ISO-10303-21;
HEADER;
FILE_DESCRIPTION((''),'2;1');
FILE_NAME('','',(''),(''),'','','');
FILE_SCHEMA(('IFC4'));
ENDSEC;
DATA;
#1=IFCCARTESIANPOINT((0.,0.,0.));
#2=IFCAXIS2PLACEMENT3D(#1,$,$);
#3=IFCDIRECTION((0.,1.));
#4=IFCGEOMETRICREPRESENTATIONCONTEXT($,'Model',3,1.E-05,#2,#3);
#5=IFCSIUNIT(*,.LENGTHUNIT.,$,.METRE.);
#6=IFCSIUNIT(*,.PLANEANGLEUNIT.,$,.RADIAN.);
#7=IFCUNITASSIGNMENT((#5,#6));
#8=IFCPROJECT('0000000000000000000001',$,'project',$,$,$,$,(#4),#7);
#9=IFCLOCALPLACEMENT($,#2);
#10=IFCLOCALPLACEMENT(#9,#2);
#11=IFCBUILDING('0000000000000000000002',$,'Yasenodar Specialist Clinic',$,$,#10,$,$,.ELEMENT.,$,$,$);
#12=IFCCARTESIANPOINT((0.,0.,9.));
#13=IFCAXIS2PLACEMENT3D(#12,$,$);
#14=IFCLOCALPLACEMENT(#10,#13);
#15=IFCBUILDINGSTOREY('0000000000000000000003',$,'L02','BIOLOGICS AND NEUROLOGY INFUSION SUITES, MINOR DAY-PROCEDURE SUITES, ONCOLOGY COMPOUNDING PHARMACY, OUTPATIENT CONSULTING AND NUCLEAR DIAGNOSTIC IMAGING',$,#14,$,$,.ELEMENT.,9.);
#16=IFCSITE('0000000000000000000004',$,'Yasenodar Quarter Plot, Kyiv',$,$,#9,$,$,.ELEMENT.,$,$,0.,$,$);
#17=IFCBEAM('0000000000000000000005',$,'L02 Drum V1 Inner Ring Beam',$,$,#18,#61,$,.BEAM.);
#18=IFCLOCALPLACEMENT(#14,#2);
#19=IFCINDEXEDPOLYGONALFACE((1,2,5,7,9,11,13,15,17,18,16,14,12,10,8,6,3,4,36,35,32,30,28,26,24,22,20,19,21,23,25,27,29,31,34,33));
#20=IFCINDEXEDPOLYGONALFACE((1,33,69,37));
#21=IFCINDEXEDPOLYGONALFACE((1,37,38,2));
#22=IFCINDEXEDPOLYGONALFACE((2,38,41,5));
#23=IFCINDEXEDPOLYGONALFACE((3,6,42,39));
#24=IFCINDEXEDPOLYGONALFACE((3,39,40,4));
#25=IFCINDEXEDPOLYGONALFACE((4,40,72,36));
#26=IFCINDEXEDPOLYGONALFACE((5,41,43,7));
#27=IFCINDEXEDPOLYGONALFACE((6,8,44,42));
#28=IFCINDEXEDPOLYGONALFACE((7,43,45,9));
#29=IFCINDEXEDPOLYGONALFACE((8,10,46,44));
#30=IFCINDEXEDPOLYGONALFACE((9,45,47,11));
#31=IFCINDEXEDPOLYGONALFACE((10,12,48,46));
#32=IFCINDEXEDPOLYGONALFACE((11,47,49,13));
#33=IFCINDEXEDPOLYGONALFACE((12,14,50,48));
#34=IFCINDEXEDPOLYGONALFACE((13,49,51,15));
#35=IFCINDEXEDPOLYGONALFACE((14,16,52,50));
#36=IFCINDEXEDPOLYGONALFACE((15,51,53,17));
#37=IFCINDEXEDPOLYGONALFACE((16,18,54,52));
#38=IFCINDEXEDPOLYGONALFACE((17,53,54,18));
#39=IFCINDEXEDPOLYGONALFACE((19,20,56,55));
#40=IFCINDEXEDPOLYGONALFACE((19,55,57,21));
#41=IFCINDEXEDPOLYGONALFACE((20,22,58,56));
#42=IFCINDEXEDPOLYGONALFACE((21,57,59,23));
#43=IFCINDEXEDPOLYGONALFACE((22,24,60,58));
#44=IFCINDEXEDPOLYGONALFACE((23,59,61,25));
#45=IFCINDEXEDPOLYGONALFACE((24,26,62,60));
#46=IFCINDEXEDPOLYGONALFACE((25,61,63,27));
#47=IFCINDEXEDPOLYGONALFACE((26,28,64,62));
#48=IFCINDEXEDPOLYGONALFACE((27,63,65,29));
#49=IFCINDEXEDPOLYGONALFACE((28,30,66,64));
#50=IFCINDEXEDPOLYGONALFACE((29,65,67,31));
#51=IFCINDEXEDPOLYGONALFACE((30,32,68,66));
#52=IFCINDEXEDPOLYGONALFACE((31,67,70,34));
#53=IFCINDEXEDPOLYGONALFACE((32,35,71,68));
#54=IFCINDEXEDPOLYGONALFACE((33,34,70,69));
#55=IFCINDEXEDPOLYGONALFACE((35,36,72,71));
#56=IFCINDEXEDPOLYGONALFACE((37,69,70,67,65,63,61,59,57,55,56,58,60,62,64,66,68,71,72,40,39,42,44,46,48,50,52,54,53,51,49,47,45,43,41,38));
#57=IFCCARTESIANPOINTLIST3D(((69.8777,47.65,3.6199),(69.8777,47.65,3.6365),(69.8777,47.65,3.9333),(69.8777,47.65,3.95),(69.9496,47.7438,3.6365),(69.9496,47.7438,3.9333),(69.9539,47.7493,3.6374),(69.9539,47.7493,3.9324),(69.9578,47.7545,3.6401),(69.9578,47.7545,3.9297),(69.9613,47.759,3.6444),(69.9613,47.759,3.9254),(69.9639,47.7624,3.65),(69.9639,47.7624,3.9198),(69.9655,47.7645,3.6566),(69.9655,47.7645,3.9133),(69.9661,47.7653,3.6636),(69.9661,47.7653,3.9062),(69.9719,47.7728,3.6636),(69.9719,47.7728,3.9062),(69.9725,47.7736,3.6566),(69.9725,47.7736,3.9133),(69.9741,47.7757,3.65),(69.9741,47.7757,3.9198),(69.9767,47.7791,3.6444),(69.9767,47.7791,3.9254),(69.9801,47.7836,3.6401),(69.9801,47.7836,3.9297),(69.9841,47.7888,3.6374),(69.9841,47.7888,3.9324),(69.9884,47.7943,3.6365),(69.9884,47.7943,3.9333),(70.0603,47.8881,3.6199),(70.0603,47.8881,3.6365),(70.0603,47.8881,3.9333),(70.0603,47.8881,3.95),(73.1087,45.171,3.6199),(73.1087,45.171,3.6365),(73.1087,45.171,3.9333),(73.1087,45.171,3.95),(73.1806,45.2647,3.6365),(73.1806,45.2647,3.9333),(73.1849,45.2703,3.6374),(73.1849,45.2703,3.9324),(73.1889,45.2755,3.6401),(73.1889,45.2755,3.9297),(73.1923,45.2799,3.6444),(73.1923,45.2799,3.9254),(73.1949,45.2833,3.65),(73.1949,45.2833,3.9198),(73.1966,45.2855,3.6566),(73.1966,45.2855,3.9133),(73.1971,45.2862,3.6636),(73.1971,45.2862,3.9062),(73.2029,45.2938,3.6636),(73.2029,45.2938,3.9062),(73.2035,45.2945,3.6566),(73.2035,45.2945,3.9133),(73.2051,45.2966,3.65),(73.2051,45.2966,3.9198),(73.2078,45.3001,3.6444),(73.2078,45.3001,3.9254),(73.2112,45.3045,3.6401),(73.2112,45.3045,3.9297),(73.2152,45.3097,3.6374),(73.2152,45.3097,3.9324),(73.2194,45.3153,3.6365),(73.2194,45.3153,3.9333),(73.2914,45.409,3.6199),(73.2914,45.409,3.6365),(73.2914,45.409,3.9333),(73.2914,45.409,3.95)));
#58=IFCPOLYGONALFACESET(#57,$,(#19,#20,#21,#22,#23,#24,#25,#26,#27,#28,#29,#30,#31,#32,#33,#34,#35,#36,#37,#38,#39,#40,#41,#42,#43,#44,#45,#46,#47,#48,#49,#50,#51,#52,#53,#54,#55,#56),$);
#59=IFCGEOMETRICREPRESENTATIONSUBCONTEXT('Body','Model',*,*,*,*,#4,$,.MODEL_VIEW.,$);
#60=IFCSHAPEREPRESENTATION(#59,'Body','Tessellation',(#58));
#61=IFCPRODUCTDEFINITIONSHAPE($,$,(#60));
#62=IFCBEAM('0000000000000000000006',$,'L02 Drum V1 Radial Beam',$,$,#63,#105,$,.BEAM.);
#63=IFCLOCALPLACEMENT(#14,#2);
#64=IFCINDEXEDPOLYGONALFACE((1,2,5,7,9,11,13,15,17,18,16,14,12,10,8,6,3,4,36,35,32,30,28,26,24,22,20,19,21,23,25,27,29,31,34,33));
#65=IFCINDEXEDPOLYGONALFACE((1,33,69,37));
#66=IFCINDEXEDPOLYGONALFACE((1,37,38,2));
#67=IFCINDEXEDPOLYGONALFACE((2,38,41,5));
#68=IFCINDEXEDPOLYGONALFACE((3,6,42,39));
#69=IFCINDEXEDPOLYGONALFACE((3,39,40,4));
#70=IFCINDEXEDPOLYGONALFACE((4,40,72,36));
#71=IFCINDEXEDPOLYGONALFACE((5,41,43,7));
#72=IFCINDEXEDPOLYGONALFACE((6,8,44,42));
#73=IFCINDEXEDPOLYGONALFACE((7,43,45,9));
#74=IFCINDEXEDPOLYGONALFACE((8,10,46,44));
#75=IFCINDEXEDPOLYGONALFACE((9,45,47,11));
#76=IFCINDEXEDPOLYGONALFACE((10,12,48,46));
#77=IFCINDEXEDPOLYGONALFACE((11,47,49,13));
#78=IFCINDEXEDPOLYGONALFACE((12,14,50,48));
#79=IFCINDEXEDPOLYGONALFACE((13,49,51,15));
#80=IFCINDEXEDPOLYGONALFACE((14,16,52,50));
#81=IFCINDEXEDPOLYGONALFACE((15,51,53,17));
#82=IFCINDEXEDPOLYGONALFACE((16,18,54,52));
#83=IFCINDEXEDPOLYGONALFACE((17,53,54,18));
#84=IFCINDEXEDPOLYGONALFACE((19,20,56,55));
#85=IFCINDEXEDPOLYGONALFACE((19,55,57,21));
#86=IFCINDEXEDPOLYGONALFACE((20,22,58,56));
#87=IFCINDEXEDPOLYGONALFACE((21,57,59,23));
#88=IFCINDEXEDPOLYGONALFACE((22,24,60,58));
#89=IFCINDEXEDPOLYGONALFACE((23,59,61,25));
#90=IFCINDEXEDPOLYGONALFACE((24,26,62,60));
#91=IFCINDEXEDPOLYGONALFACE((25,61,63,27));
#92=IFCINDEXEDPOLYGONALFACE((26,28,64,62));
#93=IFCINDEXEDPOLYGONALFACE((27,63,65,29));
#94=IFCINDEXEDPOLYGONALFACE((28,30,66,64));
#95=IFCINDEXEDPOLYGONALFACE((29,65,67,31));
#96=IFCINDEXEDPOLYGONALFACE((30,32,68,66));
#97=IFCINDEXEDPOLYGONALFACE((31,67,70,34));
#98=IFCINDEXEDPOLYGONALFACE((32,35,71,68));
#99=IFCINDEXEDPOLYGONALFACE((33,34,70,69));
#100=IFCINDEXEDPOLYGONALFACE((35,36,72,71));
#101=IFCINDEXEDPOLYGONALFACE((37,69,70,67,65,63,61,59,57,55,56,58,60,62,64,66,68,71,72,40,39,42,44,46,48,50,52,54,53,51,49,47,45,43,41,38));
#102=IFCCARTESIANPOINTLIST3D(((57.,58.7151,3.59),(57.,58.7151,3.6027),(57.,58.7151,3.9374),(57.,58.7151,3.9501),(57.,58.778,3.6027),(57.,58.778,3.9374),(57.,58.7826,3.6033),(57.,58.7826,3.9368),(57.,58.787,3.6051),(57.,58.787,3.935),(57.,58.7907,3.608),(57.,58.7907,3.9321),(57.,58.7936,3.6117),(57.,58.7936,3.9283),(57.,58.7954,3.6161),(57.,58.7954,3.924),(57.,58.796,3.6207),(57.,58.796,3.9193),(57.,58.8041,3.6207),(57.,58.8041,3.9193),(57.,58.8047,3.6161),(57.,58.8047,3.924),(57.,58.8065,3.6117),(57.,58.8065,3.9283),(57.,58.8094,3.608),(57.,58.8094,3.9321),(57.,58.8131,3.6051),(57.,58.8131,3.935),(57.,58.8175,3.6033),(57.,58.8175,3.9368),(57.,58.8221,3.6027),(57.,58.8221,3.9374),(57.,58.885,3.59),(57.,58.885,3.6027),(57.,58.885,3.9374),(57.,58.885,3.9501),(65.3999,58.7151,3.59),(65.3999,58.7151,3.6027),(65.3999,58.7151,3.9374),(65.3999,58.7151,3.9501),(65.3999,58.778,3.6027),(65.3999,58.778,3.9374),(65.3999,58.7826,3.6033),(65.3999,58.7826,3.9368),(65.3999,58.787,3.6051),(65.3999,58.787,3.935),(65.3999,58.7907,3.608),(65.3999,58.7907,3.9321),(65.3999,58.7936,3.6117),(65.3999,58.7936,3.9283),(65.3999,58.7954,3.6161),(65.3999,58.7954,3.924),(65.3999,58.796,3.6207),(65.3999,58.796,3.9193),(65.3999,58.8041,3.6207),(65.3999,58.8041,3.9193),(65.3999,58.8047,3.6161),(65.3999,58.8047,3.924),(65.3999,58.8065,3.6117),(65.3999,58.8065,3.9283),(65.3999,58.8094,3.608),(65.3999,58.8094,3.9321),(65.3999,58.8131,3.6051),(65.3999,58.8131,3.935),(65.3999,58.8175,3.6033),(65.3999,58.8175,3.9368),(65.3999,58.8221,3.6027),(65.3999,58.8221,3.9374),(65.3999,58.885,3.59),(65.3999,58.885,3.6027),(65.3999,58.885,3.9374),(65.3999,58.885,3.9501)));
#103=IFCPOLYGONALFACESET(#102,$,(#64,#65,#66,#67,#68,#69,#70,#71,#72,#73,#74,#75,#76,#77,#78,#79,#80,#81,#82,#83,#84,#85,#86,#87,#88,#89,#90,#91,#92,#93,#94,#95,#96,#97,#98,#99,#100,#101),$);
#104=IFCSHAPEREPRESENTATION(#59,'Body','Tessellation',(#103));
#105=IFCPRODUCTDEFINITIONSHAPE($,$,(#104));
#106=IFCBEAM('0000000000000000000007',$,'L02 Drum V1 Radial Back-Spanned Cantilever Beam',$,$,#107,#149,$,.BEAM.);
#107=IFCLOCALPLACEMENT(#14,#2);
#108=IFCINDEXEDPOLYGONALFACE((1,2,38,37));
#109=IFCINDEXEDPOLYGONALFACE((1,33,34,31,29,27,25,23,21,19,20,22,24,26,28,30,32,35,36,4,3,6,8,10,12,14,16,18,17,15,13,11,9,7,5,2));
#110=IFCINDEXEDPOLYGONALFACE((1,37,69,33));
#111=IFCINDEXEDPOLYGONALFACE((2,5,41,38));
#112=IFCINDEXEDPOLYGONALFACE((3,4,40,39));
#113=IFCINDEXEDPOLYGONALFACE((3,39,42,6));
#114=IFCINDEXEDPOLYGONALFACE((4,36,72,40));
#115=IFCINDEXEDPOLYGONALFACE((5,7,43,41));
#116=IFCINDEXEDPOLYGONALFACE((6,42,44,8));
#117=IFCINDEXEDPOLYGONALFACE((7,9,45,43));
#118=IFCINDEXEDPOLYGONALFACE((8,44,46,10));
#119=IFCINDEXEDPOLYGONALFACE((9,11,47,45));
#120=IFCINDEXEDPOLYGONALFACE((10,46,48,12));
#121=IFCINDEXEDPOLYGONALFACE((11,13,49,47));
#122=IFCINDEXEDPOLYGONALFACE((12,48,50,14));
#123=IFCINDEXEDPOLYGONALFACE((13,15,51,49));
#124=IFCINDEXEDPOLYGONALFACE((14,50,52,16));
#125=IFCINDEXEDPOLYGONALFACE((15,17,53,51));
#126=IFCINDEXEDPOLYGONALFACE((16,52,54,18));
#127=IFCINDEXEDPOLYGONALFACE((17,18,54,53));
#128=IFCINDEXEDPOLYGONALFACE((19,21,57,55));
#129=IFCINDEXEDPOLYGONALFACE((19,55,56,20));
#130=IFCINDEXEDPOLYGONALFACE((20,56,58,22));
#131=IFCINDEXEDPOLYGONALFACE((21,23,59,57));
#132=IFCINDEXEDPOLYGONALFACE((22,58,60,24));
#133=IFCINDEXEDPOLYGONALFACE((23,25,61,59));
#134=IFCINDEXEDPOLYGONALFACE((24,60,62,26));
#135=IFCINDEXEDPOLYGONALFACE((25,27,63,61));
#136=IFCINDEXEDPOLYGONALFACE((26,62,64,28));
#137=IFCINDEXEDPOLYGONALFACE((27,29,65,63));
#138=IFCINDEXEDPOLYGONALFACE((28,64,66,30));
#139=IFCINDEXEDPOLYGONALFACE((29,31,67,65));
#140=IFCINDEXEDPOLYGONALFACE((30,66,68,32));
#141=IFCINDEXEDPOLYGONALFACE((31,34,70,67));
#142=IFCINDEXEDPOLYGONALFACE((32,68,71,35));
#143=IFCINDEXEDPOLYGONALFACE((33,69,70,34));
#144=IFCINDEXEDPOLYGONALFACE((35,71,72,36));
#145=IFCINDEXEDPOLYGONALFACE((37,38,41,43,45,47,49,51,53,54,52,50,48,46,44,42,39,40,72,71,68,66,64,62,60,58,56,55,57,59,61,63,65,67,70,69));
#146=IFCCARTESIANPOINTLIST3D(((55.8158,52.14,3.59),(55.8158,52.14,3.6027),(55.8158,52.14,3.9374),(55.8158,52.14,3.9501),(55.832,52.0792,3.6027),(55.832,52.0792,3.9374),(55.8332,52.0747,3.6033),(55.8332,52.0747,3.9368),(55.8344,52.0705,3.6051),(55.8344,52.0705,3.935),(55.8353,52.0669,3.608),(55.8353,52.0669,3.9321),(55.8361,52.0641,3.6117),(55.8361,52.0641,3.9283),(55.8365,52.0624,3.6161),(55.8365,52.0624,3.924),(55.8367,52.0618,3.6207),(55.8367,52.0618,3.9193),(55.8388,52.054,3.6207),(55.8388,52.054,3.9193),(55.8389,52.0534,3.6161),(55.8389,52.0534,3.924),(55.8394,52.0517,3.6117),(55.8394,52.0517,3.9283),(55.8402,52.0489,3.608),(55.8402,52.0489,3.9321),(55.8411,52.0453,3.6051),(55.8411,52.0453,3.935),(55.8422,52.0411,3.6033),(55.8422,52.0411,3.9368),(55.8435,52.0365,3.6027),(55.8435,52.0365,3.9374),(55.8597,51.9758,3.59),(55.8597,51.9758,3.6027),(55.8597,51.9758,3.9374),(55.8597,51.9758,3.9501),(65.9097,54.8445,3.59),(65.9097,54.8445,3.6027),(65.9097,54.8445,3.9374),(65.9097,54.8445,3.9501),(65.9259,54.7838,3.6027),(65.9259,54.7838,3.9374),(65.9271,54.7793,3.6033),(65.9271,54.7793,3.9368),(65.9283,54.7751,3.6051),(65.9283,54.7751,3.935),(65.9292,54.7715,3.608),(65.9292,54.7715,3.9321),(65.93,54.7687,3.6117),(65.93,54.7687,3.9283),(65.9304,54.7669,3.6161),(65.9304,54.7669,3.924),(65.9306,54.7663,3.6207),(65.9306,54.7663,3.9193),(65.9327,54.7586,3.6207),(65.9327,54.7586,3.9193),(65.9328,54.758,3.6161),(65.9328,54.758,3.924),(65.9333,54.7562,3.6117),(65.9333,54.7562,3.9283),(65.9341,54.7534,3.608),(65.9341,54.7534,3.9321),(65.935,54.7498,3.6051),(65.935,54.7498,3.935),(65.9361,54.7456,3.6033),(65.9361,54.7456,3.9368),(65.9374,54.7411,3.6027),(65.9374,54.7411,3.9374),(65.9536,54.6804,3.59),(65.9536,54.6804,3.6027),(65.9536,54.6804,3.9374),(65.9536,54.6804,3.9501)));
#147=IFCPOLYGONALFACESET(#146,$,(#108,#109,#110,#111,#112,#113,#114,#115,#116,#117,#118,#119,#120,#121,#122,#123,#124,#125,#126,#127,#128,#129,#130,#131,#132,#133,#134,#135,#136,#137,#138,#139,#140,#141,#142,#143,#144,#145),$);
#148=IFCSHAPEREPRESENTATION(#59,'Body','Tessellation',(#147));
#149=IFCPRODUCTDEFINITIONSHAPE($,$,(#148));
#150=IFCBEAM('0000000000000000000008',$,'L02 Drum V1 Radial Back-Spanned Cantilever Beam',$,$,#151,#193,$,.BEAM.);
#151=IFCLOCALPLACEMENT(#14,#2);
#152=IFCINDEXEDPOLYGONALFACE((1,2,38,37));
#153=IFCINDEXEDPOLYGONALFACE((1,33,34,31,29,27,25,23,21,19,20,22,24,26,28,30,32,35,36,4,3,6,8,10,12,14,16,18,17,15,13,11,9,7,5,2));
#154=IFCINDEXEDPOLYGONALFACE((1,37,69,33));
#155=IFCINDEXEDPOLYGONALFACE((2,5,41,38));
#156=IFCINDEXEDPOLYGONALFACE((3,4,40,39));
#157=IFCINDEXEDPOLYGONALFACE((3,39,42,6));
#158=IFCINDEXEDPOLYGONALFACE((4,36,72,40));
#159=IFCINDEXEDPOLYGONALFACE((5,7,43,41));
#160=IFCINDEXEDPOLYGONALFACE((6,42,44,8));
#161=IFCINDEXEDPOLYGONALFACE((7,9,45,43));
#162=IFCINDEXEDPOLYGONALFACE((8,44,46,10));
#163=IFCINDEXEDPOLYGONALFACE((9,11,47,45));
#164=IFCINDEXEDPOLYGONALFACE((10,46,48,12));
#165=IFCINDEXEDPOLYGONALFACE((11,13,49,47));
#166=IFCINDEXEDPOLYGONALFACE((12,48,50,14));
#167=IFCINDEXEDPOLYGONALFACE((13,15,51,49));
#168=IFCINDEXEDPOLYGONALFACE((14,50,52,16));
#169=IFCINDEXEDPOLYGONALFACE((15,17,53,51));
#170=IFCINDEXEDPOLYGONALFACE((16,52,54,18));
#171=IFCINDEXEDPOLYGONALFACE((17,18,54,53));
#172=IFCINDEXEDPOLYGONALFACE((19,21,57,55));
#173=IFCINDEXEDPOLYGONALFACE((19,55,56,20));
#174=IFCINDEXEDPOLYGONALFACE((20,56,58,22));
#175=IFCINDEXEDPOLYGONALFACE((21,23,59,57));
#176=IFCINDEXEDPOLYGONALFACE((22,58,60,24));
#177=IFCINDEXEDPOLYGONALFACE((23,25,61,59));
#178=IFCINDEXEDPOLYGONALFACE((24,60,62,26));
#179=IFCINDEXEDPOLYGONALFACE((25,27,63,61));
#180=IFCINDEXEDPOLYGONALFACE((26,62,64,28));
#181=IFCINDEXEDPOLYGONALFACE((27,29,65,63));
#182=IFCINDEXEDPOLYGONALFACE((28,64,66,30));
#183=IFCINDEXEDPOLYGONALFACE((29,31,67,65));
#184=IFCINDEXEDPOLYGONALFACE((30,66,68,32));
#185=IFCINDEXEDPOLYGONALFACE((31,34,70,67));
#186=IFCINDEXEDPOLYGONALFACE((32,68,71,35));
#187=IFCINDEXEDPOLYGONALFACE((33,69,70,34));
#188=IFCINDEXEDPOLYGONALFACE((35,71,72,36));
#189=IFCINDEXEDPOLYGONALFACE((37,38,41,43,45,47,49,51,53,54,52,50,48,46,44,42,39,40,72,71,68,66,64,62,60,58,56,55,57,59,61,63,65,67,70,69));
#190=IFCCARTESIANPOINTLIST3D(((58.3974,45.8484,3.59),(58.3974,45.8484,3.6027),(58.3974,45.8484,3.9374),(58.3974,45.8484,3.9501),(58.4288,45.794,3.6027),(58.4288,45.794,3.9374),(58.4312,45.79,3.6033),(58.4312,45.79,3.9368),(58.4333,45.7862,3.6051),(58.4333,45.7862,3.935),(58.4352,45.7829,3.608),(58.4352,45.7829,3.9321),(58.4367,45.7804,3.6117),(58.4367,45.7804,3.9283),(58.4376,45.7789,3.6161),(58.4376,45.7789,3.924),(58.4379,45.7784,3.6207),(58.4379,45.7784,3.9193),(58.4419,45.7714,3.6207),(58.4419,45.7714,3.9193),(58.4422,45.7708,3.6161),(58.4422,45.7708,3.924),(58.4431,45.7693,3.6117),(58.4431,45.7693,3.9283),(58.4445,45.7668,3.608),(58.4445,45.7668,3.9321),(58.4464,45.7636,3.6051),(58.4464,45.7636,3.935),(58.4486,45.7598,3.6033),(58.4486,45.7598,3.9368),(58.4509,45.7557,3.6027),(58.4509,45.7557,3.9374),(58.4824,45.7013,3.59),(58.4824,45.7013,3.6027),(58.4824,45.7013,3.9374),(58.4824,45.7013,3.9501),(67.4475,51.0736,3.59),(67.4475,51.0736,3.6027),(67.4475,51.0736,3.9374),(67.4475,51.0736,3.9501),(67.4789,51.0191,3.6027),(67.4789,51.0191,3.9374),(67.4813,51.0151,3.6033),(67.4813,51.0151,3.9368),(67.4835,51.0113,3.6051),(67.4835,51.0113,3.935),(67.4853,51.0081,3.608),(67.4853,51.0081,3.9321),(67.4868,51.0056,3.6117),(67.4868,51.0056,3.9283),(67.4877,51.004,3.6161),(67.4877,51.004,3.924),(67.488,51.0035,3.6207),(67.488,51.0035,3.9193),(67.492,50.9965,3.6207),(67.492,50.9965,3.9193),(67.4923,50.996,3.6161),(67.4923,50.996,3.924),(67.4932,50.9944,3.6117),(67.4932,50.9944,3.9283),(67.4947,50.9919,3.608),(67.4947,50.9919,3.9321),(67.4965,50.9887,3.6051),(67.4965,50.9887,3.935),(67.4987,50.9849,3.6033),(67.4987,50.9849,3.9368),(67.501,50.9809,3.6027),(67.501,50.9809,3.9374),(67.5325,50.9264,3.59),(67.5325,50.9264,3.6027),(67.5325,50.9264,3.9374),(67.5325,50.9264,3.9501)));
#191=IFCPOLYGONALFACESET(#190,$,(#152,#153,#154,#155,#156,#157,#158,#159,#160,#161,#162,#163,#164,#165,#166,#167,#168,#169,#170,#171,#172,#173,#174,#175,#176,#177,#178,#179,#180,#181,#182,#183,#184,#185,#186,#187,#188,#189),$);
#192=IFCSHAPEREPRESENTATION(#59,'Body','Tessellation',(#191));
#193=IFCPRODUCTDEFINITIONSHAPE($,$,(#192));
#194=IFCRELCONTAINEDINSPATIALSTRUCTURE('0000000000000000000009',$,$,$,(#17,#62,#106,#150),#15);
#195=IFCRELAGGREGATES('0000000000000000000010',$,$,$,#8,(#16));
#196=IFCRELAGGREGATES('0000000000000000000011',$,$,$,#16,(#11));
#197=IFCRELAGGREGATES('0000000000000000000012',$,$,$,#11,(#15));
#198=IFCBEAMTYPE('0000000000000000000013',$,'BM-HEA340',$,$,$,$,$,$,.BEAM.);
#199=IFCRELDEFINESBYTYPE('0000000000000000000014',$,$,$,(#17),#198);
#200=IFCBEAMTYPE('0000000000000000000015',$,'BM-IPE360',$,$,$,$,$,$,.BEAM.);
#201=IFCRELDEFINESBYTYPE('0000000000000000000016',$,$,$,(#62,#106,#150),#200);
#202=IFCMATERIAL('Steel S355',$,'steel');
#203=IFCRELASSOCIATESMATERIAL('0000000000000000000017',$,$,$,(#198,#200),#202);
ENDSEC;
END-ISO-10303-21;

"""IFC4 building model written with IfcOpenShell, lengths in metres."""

from ifc_helpers import new_model, si_unit, direction, frame, origin, origin_2d, place, context, subcontext, project, spatial, i_section, extrude, material, material_profile, profile_set, type_object, element, save


model = new_model("IFC4")

# Units and contexts
model_context = context("Model", 3, precision=1e-05, world=origin(), true_north=direction((0.0, 1.0)))
body_context = subcontext(model_context, "Body", "Model", "MODEL_VIEW")
ifc_project = project(units=[si_unit("LENGTHUNIT", "METRE"), si_unit("PLANEANGLEUNIT", "RADIAN")], contexts=[model_context])

# Site, building, storey
site_placement = place(None, origin())
site = spatial("IfcSite", under=ifc_project, at=site_placement, Name="Yasenodar Quarter Plot, Kyiv", CompositionType="ELEMENT", RefElevation=0.0)
building_placement = place(site_placement, origin())
building = spatial("IfcBuilding", under=site, at=building_placement, Name="Yasenodar Specialist Clinic", CompositionType="ELEMENT")
storey_placement = place(building_placement, frame((0.0, 0.0, 9.0)))
storey = spatial("IfcBuildingStorey", under=building, at=storey_placement, Name="L02", Description="BIOLOGICS AND NEUROLOGY INFUSION SUITES, MINOR DAY-PROCEDURE SUITES, ONCOLOGY COMPOUNDING PHARMACY, OUTPATIENT CONSULTING AND NUCLEAR DIAGNOSTIC IMAGING", CompositionType="ELEMENT", Elevation=9.0)

# Shared definitions
ifc_material_1 = material(Name="Steel S355", Category="steel")

# Beams
ifc_material_profile_1 = material_profile(ifc_material_1, i_section(OverallWidth=0.3, OverallDepth=0.3301, WebThickness=0.0095, FlangeThickness=0.0166, FilletRadius=0.0271, at=origin_2d()), Name="HEA 340")
ifc_profile_set_1 = profile_set([ifc_material_profile_1], Name="Steel S355")
beam_type_1 = type_object("IfcBeamType", Name="BM-HEA340", PredefinedType="BEAM", material=ifc_profile_set_1)
for number, where, z_axis, x_axis, name in (
    (1, (69.969, 47.769, 3.7849), (0.793377, -0.608731, 0.0), (0.608731, 0.793377, 0.0), "L02 Drum V1 Inner Ring Beam"),
):
    element("IfcBeam", number, at=place(storey_placement, frame(where, z_axis=z_axis, x_axis=x_axis)), inside=storey, type_object=beam_type_1, Name=name, PredefinedType="BEAM", context=body_context, shape_type="SweptSolid", body=[
        extrude(i_section(OverallWidth=0.3, OverallDepth=0.3301, WebThickness=0.0095, FlangeThickness=0.0166, FilletRadius=0.0271, at=origin_2d()), origin(), (0.0, 0.0, 1.0), 4.0725),
    ])
ifc_material_profile_2 = material_profile(ifc_material_1, i_section(OverallWidth=0.1699, OverallDepth=0.3601, WebThickness=0.0081, FlangeThickness=0.0127, FilletRadius=0.0181, at=origin_2d()), Name="IPE 360")
ifc_profile_set_2 = profile_set([ifc_material_profile_2], Name="Steel S355")
beam_type_2 = type_object("IfcBeamType", Name="BM-IPE360", PredefinedType="BEAM", material=ifc_profile_set_2)
beam_1_placement = place(storey_placement, frame((65.3999, 58.8, 3.77), z_axis=(-1.0, 0.0, 0.0), x_axis=(0.0, -1.0, 0.0)))
element("IfcBeam", 2, at=beam_1_placement, inside=storey, type_object=beam_type_2, Name="L02 Drum V1 Radial Beam", PredefinedType="BEAM", context=body_context, shape_type="SweptSolid", body=[
    extrude(i_section(OverallWidth=0.1699, OverallDepth=0.3601, WebThickness=0.0081, FlangeThickness=0.0127, FilletRadius=0.0181, at=origin_2d()), origin(), (0.0, 0.0, 1.0), 8.3999),
])
beam_2_placement = place(storey_placement, frame((65.9316, 54.7625, 3.77), z_axis=(-0.965928, -0.258811, 0.0), x_axis=(0.258811, -0.965928, 0.0)))
element("IfcBeam", 3, at=beam_2_placement, inside=storey, type_object=beam_type_2, Name="L02 Drum V1 Radial Back-Spanned Cantilever Beam", PredefinedType="BEAM", context=body_context, shape_type="SweptSolid", body=[
    extrude(i_section(OverallWidth=0.1699, OverallDepth=0.3601, WebThickness=0.0081, FlangeThickness=0.0127, FilletRadius=0.0181, at=origin_2d()), origin(), (0.0, 0.0, 1.0), 10.45),
])
beam_3_placement = place(storey_placement, frame((67.49, 51.0, 3.77), z_axis=(-0.866023, -0.500004, 0.0), x_axis=(0.500004, -0.866023, 0.0)))
element("IfcBeam", 4, at=beam_3_placement, inside=storey, type_object=beam_type_2, Name="L02 Drum V1 Radial Back-Spanned Cantilever Beam", PredefinedType="BEAM", context=body_context, shape_type="SweptSolid", body=[
    extrude(i_section(OverallWidth=0.1699, OverallDepth=0.3601, WebThickness=0.0081, FlangeThickness=0.0127, FilletRadius=0.0181, at=origin_2d()), origin(), (0.0, 0.0, 1.0), 10.4502),
])

save(model, "model.ifc")
